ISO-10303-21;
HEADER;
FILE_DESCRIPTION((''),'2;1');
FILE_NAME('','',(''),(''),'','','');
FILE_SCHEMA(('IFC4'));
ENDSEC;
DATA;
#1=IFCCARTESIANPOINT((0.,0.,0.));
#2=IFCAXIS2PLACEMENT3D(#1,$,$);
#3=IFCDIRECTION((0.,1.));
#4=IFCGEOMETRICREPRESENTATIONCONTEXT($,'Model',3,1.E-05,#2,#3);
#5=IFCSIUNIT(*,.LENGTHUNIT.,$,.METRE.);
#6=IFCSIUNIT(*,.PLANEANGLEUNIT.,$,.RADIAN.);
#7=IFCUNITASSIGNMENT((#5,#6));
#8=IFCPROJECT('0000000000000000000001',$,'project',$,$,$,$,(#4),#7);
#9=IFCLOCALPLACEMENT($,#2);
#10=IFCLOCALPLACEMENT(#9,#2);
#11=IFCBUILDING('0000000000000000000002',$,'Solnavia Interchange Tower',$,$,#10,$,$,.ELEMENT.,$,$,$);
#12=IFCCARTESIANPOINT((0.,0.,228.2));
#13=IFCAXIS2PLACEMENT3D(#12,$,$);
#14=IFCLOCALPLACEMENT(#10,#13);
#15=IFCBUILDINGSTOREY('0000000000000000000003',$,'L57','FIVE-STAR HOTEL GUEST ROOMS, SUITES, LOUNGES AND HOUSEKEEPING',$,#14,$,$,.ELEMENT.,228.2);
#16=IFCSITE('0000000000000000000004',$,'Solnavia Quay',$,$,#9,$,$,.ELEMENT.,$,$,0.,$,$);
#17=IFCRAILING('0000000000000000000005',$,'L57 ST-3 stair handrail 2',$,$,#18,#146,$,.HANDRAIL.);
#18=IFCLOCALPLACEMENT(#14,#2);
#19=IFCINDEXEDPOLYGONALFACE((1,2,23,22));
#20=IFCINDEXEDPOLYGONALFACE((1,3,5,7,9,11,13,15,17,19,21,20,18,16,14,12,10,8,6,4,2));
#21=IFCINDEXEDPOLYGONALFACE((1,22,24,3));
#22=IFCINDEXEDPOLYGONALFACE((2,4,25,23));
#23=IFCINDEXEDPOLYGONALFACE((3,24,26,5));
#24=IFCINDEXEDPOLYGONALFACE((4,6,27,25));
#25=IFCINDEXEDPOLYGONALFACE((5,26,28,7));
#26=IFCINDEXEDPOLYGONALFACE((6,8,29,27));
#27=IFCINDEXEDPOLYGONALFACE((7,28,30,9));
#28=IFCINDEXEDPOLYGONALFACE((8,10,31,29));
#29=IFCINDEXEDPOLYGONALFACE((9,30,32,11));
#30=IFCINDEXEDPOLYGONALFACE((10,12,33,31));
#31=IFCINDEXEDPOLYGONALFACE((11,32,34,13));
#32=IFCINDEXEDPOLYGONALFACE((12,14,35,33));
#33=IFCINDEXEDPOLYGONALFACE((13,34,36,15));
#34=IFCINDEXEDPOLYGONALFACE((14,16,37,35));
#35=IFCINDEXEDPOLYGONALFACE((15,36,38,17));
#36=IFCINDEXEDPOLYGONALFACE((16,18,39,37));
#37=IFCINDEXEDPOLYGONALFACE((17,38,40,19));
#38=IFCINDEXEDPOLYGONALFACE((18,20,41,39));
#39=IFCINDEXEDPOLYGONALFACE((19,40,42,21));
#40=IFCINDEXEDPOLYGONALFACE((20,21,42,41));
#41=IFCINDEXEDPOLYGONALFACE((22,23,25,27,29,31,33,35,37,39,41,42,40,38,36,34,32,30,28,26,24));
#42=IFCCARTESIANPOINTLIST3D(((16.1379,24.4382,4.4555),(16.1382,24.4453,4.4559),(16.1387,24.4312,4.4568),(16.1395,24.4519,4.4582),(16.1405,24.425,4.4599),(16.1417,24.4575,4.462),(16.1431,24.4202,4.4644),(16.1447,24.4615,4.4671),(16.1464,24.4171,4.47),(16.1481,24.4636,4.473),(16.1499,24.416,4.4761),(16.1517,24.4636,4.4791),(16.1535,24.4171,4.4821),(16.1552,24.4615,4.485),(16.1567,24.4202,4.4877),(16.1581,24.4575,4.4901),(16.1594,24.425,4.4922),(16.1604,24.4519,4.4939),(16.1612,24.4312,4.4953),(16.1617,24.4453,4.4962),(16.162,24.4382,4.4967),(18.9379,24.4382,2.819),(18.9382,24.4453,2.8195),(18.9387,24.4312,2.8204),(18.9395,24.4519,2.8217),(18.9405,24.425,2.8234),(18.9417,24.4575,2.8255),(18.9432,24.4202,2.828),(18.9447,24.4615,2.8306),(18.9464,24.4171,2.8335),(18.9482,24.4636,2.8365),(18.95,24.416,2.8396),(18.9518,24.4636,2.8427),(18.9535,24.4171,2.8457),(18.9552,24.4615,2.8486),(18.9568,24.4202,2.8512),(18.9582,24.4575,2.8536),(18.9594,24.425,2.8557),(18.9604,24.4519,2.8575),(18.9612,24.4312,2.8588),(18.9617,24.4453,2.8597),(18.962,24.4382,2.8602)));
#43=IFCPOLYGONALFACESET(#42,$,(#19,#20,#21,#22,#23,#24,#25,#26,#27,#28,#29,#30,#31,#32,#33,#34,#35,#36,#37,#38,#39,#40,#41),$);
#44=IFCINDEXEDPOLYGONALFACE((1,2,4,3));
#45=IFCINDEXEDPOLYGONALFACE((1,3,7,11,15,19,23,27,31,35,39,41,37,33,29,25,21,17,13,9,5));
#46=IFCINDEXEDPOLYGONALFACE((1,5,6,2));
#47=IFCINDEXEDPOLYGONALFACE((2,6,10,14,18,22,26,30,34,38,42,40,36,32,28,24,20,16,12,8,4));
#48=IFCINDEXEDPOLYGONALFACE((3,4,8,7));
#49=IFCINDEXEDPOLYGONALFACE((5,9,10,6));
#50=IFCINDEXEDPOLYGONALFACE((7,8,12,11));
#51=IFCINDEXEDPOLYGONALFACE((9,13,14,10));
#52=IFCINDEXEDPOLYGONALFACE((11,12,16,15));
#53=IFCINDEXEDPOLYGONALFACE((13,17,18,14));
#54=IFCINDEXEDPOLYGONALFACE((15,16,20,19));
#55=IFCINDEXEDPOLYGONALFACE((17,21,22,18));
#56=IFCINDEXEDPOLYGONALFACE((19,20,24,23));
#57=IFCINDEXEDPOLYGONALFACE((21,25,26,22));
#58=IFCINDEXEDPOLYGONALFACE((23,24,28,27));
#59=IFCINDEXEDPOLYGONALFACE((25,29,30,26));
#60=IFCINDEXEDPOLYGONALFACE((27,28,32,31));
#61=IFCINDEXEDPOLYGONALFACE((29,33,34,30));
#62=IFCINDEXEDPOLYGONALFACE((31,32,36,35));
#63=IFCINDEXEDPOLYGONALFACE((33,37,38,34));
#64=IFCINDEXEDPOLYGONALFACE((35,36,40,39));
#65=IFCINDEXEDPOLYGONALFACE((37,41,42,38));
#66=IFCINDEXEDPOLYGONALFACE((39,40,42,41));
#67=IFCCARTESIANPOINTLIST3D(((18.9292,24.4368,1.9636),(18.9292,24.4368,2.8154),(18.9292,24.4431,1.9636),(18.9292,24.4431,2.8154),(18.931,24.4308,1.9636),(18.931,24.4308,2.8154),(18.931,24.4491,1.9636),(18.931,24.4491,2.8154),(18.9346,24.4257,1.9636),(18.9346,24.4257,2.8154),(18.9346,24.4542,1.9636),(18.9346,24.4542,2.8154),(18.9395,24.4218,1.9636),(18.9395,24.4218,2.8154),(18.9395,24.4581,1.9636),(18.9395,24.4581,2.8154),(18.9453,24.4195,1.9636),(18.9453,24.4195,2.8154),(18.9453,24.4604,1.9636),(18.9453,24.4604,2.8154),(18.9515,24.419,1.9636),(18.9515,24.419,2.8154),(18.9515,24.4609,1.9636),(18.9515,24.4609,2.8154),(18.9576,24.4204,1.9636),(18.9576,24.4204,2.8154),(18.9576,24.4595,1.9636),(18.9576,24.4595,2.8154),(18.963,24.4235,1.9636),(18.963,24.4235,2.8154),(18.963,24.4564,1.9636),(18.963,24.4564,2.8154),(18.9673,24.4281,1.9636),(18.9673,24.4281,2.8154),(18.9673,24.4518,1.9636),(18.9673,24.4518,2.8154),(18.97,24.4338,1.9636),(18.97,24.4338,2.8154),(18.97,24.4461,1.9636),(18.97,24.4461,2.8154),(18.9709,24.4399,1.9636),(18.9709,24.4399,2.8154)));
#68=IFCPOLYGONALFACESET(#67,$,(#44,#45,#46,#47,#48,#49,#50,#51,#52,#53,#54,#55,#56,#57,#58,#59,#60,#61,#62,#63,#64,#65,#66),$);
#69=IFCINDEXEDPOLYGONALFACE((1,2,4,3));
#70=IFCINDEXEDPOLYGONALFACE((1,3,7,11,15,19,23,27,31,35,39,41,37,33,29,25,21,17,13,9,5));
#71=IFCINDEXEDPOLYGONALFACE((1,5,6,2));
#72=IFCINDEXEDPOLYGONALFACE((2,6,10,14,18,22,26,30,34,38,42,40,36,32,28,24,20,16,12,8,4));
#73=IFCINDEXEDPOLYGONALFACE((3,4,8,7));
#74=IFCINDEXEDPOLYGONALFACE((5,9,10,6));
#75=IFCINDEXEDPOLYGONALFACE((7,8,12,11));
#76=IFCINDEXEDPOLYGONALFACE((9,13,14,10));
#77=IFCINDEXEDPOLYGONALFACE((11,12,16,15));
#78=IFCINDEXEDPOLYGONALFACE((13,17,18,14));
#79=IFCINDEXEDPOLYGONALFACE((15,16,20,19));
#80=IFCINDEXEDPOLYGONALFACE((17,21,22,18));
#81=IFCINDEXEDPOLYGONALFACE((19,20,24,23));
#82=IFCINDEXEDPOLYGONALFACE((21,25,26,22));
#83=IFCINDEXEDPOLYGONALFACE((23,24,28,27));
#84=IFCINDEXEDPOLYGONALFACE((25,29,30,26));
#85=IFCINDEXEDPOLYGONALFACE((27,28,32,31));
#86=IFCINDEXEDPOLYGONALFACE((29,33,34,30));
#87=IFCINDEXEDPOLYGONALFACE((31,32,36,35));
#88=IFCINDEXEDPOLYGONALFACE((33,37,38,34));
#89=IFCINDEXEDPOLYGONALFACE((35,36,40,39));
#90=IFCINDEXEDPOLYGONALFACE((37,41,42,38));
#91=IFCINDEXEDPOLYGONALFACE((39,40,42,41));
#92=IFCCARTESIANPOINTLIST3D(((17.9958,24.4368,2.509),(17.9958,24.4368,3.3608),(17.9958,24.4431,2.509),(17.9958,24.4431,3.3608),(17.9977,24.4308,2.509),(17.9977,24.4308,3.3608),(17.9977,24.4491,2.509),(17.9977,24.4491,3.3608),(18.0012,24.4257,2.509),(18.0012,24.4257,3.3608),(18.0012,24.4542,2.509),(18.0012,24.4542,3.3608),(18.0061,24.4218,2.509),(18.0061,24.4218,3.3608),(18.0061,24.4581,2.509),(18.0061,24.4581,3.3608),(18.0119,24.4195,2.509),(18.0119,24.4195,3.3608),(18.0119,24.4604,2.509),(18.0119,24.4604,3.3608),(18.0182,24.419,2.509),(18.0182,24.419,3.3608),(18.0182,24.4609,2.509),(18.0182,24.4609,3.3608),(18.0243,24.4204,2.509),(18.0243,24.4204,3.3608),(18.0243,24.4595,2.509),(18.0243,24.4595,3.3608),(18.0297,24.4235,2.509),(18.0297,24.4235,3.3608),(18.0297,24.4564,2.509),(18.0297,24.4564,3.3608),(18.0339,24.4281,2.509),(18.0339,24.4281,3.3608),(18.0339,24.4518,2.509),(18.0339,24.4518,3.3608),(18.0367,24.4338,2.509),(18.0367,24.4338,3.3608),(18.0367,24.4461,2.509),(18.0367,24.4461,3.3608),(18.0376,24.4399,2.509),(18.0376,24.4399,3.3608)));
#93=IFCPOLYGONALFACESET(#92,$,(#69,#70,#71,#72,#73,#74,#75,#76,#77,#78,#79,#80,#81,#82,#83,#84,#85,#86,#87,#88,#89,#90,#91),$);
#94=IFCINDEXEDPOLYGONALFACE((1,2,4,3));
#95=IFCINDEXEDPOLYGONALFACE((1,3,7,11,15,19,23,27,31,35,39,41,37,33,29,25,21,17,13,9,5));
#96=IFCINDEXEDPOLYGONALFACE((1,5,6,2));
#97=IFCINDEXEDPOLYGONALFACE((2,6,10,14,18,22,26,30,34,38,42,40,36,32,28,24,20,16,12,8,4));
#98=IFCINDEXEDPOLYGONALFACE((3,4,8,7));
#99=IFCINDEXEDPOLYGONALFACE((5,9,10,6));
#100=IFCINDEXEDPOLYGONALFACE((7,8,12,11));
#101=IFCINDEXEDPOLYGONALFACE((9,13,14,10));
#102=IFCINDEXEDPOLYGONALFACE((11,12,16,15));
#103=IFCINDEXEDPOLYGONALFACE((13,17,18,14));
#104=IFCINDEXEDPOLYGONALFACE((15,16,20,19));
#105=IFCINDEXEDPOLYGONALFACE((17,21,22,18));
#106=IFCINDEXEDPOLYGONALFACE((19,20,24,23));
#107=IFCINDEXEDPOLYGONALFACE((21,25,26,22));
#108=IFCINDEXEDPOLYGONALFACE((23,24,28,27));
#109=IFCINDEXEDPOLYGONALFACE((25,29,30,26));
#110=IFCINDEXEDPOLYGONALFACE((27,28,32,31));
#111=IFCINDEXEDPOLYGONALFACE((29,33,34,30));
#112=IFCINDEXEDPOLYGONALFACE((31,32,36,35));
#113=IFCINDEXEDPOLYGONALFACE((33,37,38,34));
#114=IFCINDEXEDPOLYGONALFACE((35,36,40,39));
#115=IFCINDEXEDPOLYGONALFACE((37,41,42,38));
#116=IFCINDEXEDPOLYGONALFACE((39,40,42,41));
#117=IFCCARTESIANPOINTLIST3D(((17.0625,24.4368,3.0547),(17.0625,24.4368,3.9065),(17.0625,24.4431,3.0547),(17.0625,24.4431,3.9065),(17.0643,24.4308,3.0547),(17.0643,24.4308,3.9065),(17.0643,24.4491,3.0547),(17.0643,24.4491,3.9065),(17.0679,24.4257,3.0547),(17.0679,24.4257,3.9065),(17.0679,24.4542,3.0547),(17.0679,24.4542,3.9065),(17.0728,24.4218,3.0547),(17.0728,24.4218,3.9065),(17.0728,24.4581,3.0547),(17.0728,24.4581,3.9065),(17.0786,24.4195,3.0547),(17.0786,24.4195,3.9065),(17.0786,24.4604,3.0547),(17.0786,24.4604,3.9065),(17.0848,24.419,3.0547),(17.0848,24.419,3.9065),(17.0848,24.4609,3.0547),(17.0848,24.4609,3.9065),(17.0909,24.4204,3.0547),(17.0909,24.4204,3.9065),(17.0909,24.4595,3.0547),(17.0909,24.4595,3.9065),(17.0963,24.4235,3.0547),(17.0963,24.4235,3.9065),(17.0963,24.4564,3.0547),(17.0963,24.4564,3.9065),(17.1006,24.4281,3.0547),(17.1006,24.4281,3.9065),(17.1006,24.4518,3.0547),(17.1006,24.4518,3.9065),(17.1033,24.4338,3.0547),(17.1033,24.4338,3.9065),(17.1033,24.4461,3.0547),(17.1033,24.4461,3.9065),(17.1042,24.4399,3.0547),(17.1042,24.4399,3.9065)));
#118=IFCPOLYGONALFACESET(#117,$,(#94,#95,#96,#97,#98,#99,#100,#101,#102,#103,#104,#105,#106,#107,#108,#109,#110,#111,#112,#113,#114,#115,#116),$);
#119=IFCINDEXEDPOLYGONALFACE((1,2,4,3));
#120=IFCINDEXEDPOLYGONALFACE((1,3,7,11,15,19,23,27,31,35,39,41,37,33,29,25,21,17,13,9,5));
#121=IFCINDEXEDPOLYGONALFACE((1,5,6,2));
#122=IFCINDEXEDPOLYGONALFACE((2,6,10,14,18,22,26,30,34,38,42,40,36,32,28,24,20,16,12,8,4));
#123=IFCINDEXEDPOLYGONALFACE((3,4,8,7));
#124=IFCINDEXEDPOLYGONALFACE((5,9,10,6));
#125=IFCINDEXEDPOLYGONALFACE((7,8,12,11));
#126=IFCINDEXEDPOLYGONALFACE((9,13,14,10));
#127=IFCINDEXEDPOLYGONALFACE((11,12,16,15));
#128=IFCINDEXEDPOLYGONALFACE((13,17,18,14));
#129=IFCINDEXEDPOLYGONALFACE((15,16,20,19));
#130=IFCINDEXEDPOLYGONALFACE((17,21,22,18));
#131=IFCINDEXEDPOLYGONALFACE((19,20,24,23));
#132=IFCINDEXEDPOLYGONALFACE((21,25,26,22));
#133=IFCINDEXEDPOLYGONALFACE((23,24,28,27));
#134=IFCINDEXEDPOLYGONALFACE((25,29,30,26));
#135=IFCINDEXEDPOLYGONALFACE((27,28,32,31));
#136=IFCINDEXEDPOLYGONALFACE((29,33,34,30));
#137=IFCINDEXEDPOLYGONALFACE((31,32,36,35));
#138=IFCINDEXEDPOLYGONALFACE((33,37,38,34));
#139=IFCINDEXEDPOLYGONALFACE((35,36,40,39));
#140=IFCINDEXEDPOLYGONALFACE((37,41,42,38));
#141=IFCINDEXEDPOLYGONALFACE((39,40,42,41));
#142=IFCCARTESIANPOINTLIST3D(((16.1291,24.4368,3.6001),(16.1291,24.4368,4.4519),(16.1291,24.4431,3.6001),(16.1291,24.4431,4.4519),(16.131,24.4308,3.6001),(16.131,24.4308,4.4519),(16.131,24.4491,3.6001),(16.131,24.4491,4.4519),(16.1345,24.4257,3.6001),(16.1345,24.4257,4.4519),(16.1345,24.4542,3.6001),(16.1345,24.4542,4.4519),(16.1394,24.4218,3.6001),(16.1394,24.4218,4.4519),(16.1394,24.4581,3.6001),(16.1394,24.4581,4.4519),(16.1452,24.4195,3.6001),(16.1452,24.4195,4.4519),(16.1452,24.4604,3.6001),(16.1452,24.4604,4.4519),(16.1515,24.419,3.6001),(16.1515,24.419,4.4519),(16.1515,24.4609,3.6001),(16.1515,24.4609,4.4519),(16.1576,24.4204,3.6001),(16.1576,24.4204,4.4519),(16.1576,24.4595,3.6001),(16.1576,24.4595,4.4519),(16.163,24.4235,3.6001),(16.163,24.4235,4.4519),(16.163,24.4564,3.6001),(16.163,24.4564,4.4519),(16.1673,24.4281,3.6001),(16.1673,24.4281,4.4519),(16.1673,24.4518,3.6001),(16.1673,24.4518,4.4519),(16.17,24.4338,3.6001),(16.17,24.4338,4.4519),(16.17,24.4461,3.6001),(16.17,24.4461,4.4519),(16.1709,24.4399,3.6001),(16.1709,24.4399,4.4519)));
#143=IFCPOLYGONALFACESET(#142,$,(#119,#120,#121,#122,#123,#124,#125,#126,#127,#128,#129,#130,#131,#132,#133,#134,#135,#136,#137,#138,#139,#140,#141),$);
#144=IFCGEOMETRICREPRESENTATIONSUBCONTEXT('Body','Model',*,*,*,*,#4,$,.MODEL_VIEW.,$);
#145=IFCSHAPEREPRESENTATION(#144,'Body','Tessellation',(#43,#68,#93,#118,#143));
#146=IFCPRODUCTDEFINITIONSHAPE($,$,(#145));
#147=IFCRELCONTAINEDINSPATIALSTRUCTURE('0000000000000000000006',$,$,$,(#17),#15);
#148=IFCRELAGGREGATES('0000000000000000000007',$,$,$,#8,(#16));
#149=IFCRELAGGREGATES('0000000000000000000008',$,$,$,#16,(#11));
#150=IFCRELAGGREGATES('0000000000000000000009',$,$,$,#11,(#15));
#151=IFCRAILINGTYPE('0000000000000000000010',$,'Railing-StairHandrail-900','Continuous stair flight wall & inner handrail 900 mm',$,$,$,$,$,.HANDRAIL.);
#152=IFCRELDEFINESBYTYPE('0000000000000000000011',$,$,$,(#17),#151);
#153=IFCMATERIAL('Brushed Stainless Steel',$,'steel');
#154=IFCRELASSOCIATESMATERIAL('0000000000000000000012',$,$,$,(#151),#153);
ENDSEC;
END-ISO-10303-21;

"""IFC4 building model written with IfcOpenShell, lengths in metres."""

from ifc_helpers import new_model, si_unit, direction, frame, origin, origin_2d, place, context, subcontext, project, spatial, circle, extrude, material, type_object, element, save


model = new_model("IFC4")

# Units and contexts
model_context = context("Model", 3, precision=1e-05, world=origin(), true_north=direction((0.0, 1.0)))
body_context = subcontext(model_context, "Body", "Model", "MODEL_VIEW")
ifc_project = project(units=[si_unit("LENGTHUNIT", "METRE"), si_unit("PLANEANGLEUNIT", "RADIAN")], contexts=[model_context])

# Site, building, storey
site_placement = place(None, origin())
site = spatial("IfcSite", under=ifc_project, at=site_placement, Name="Solnavia Quay", CompositionType="ELEMENT", RefElevation=0.0)
building_placement = place(site_placement, origin())
building = spatial("IfcBuilding", under=site, at=building_placement, Name="Solnavia Interchange Tower", CompositionType="ELEMENT")
storey_placement = place(building_placement, frame((0.0, 0.0, 228.2)))
storey = spatial("IfcBuildingStorey", under=building, at=storey_placement, Name="L57", Description="FIVE-STAR HOTEL GUEST ROOMS, SUITES, LOUNGES AND HOUSEKEEPING", CompositionType="ELEMENT", Elevation=228.2)

# Railing
ifc_material_1 = material(Name="Brushed Stainless Steel", Category="steel")
railing_type = type_object("IfcRailingType", Name="Railing-StairHandrail-900", Description="Continuous stair flight wall & inner handrail 900 mm", PredefinedType="HANDRAIL", material=ifc_material_1)
railing_placement = place(storey_placement, frame((18.95, 24.4399, 1.9636)))
element("IfcRailing", 1, at=railing_placement, inside=storey, type_object=railing_type, Name="L57 ST-3 stair handrail 2", PredefinedType="HANDRAIL", context=body_context, shape_type="SweptSolid", body=[
    extrude(circle(Radius=0.0239, at=origin_2d()), frame((0.0, 0.0, 0.876), z_axis=(-0.863361, 0.0, 0.504587), x_axis=(0.0, -1.0, 0.0)), (0.0, 0.0, 1.0), 3.2432),
    extrude(circle(Radius=0.021, at=origin_2d()), origin(), (0.0, 0.0, 1.0), 0.8518),
    extrude(circle(Radius=0.021, at=origin_2d()), frame((-0.9333, 0.0, 0.5454)), (0.0, 0.0, 1.0), 0.8518),
    extrude(circle(Radius=0.021, at=origin_2d()), frame((-1.8667, 0.0, 1.0911)), (0.0, 0.0, 1.0), 0.8518),
    extrude(circle(Radius=0.021, at=origin_2d()), frame((-2.8, 0.0, 1.6365)), (0.0, 0.0, 1.0), 0.8518),
])

save(model, "model.ifc")
